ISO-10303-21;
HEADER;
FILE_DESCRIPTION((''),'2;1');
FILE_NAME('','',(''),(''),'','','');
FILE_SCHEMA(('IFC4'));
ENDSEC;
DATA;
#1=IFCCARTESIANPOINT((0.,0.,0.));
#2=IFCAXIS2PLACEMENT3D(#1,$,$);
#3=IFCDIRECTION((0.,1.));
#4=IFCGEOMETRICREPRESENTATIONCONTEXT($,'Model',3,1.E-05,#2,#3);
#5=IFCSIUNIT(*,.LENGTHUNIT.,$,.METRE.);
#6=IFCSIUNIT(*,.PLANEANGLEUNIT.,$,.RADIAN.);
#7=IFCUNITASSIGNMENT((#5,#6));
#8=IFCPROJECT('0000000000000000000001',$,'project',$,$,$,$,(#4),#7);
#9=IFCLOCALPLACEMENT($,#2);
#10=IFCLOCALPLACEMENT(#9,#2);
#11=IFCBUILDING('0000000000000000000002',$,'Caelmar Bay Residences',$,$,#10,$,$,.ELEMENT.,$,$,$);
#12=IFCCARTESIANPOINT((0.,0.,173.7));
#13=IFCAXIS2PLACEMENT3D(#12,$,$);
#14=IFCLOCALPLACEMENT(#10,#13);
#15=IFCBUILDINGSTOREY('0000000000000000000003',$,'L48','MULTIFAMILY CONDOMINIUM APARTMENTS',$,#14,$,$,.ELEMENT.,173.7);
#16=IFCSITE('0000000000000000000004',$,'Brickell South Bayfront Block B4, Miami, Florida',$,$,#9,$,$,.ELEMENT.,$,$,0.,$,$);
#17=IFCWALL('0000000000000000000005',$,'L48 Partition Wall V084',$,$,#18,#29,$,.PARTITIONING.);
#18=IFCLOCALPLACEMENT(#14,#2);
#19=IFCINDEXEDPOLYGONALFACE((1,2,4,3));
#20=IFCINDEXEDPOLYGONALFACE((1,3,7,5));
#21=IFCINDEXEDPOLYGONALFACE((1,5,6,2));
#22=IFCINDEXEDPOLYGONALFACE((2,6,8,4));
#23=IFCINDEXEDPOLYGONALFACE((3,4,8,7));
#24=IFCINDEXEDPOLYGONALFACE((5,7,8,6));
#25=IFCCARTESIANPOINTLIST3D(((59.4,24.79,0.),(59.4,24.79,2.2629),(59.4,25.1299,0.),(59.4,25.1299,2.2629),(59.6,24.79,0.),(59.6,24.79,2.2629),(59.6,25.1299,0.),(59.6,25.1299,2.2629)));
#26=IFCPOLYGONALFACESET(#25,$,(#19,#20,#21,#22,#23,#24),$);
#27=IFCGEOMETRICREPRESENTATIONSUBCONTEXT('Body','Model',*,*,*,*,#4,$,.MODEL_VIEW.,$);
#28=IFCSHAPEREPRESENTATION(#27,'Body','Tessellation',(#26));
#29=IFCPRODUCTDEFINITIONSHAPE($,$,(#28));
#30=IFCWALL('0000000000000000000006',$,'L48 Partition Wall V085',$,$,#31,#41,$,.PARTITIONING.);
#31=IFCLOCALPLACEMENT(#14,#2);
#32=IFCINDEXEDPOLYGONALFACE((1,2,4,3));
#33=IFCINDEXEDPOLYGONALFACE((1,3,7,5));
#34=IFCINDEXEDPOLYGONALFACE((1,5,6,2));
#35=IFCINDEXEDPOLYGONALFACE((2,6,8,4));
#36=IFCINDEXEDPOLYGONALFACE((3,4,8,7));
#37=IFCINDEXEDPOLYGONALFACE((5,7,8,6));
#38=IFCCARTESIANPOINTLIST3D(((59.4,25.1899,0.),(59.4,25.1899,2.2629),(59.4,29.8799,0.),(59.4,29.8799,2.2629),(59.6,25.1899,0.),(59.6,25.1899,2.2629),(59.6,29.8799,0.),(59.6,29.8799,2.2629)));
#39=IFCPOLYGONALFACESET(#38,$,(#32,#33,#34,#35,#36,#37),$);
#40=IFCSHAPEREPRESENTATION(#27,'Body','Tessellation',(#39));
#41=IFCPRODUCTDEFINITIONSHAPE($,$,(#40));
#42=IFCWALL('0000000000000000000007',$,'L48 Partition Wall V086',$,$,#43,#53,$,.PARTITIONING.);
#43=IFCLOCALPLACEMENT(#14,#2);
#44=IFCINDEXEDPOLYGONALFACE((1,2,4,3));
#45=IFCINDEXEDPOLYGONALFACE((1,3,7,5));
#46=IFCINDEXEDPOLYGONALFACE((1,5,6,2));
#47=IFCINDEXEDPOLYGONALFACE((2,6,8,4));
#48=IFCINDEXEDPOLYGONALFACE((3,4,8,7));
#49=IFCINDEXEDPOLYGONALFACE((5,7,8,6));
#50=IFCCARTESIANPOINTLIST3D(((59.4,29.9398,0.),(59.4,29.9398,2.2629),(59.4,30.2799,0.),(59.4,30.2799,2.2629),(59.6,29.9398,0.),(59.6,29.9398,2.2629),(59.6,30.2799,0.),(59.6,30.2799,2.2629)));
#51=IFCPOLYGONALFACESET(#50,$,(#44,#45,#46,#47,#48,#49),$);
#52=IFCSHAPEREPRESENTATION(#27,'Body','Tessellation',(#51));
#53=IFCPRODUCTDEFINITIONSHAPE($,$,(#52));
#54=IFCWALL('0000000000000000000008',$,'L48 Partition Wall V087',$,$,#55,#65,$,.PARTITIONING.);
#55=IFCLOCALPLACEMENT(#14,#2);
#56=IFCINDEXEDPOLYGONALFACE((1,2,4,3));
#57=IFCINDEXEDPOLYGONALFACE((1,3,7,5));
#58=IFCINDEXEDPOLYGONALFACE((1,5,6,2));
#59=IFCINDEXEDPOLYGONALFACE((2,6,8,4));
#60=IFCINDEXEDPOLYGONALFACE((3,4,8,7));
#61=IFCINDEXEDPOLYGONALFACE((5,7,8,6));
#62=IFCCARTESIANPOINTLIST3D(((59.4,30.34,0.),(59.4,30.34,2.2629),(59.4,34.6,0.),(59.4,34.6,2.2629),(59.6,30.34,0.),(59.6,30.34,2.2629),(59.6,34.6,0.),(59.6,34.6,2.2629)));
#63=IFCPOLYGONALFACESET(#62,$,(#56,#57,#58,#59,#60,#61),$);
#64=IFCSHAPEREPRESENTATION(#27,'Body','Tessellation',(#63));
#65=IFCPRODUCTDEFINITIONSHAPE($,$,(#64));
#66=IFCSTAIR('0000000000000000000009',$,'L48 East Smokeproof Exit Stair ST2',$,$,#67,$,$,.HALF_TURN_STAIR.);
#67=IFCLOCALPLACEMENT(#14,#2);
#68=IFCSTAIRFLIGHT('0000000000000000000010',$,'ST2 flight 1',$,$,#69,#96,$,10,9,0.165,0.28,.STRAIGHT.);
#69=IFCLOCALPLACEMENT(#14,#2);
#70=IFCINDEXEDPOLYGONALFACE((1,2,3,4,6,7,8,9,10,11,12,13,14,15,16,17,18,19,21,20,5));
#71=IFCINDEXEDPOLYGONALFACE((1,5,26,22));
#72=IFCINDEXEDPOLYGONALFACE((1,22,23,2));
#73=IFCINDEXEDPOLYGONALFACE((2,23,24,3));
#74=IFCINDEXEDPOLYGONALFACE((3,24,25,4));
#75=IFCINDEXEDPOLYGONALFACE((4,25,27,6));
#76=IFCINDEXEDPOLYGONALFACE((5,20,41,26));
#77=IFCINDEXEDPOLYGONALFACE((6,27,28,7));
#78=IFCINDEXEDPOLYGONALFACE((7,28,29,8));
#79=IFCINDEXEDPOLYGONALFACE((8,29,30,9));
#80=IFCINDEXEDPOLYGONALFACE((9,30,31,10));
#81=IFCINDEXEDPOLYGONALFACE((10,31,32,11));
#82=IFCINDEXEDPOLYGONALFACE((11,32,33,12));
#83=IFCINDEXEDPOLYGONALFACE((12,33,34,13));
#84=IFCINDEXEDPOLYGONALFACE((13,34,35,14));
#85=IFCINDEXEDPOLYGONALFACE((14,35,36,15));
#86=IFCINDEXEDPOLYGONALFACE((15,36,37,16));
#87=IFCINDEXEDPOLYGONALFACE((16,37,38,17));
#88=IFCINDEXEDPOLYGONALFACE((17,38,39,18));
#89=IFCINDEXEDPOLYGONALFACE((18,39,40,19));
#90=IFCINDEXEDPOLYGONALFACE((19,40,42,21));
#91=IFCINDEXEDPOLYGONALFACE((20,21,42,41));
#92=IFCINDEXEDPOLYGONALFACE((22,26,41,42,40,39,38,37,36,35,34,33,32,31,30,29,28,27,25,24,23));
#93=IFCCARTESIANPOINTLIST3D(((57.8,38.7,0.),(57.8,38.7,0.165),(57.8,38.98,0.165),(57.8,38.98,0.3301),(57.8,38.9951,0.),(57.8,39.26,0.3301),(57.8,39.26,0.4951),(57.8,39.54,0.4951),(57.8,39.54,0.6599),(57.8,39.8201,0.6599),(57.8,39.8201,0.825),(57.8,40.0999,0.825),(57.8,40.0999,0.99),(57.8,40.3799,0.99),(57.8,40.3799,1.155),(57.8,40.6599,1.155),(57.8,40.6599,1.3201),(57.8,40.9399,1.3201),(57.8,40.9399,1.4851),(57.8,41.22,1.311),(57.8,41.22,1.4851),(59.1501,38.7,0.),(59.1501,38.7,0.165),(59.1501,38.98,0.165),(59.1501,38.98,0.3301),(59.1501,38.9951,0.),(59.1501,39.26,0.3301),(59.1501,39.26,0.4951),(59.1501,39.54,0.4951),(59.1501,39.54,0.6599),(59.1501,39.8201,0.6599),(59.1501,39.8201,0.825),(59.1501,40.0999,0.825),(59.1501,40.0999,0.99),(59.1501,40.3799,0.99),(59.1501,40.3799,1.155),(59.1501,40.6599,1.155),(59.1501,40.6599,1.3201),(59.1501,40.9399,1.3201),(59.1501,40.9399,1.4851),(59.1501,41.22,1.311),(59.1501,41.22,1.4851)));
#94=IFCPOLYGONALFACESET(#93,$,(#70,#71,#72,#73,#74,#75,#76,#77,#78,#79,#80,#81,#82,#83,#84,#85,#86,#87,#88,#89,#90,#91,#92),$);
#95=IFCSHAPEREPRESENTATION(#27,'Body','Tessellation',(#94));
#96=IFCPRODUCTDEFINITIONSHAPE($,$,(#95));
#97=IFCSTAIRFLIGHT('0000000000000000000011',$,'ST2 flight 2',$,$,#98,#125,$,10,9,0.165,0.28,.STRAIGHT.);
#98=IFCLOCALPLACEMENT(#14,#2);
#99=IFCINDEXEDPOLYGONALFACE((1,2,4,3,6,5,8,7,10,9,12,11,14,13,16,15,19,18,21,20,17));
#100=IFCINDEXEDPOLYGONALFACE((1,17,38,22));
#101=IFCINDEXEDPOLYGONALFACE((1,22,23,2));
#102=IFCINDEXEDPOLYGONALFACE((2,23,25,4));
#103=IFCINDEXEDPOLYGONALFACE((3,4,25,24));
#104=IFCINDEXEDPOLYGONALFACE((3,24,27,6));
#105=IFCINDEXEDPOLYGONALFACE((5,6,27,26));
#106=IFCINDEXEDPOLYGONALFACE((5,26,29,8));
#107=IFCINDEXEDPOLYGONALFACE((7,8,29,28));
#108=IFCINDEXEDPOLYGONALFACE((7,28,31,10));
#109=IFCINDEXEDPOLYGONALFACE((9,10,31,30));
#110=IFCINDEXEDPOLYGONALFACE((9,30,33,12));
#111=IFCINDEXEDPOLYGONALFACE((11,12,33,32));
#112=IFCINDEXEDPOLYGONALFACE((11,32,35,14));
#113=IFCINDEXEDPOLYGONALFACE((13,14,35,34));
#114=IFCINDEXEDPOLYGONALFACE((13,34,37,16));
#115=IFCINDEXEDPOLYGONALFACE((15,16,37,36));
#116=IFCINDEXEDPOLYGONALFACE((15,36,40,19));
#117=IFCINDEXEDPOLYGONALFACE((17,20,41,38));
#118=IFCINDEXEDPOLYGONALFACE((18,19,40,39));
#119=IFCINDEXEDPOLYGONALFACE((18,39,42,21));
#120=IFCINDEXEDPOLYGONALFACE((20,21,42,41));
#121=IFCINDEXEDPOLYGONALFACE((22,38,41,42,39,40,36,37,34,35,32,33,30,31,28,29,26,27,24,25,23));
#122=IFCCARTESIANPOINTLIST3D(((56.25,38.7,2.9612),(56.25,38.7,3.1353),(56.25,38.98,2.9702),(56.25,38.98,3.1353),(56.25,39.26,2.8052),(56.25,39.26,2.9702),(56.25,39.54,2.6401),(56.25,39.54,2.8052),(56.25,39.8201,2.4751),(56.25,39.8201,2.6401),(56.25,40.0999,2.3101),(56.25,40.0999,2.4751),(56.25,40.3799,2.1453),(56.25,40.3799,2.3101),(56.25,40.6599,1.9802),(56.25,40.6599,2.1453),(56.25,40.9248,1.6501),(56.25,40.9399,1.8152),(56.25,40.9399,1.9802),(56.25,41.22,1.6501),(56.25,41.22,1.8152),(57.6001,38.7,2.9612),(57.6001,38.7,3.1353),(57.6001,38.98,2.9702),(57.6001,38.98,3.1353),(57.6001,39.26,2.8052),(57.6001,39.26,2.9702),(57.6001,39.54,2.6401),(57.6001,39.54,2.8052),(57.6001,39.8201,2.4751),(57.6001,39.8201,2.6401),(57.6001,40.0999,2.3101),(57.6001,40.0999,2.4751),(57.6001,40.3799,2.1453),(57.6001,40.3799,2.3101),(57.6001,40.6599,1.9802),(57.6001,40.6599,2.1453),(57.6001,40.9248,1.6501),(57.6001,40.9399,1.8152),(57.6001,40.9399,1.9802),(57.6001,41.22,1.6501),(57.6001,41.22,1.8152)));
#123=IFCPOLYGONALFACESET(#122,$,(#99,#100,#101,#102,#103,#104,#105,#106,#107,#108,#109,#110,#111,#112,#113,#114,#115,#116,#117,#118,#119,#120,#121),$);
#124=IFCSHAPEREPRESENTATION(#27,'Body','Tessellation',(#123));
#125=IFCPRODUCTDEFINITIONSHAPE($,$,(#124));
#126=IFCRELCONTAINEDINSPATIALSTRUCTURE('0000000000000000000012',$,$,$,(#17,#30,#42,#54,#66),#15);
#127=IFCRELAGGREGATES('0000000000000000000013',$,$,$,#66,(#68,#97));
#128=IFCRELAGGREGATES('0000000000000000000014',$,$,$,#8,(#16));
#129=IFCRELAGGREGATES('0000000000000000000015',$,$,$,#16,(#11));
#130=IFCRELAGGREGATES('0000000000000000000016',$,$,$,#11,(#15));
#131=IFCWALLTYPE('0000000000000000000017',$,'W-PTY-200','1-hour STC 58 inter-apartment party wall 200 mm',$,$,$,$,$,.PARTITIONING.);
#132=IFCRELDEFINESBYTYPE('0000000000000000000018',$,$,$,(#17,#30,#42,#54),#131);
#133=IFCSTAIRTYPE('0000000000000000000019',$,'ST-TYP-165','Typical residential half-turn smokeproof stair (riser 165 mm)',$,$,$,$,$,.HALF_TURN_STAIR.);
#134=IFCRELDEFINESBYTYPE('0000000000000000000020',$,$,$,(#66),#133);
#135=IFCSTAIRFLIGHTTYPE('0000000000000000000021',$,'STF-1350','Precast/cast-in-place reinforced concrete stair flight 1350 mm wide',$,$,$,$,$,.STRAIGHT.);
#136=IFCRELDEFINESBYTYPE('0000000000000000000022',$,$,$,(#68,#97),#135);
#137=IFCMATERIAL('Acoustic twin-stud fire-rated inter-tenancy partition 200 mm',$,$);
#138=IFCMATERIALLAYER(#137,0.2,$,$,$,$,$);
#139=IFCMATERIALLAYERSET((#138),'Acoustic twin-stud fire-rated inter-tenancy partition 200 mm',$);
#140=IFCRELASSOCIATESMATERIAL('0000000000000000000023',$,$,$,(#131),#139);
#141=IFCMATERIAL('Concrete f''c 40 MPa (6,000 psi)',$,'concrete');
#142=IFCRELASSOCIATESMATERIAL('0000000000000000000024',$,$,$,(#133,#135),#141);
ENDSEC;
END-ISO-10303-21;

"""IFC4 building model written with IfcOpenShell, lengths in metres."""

from ifc_helpers import new_model, si_unit, direction, frame, frame_2d, origin, place, context, subcontext, project, spatial, polyline, rectangle, outline, extrude, material, layer, layer_set, type_object, element, aggregate, save


model = new_model("IFC4")

# Units and contexts
model_context = context("Model", 3, precision=1e-05, world=origin(), true_north=direction((0.0, 1.0)))
body_context = subcontext(model_context, "Body", "Model", "MODEL_VIEW")
ifc_project = project(units=[si_unit("LENGTHUNIT", "METRE"), si_unit("PLANEANGLEUNIT", "RADIAN")], contexts=[model_context])

# Site, building, storey
site_placement = place(None, origin())
site = spatial("IfcSite", under=ifc_project, at=site_placement, Name="Brickell South Bayfront Block B4, Miami, Florida", CompositionType="ELEMENT", RefElevation=0.0)
building_placement = place(site_placement, origin())
building = spatial("IfcBuilding", under=site, at=building_placement, Name="Caelmar Bay Residences", CompositionType="ELEMENT")
storey_placement = place(building_placement, frame((0.0, 0.0, 173.7)))
storey = spatial("IfcBuildingStorey", under=building, at=storey_placement, Name="L48", Description="MULTIFAMILY CONDOMINIUM APARTMENTS", CompositionType="ELEMENT", Elevation=173.7)

# Walls
ifc_material_1 = material(Name="Acoustic twin-stud fire-rated inter-tenancy partition 200 mm")
ifc_layer_1 = layer(ifc_material_1, 0.2)
ifc_layer_set_1 = layer_set([ifc_layer_1], Name="Acoustic twin-stud fire-rated inter-tenancy partition 200 mm")
wall_type_1 = type_object("IfcWallType", Name="W-PTY-200", Description="1-hour STC 58 inter-apartment party wall 200 mm", PredefinedType="PARTITIONING", material=ifc_layer_set_1)
wall_1_placement = place(storey_placement, frame((59.5, 24.79, 0.0), z_axis=(0.0, 0.0, 1.0), x_axis=(0.0, 1.0, 0.0)))
element("IfcWall", 1, at=wall_1_placement, inside=storey, type_object=wall_type_1, Name="L48 Partition Wall V084", PredefinedType="PARTITIONING", context=body_context, shape_type="SweptSolid", body=[
    extrude(rectangle(XDim=0.3398, YDim=0.2, at=frame_2d((0.1699, 0.0))), origin(), (0.0, 0.0, 1.0), 2.2629),
])
wall_2_placement = place(storey_placement, frame((59.5, 25.1899, 0.0), z_axis=(0.0, 0.0, 1.0), x_axis=(0.0, 1.0, 0.0)))
element("IfcWall", 2, at=wall_2_placement, inside=storey, type_object=wall_type_1, Name="L48 Partition Wall V085", PredefinedType="PARTITIONING", context=body_context, shape_type="SweptSolid", body=[
    extrude(rectangle(XDim=4.6899, YDim=0.2, at=frame_2d((2.345, 0.0))), origin(), (0.0, 0.0, 1.0), 2.2629),
])
wall_3_placement = place(storey_placement, frame((59.5, 29.9399, 0.0), z_axis=(0.0, 0.0, 1.0), x_axis=(0.0, 1.0, 0.0)))
element("IfcWall", 3, at=wall_3_placement, inside=storey, type_object=wall_type_1, Name="L48 Partition Wall V086", PredefinedType="PARTITIONING", context=body_context, shape_type="SweptSolid", body=[
    extrude(rectangle(XDim=0.3401, YDim=0.2, at=frame_2d((0.1699, 0.0))), origin(), (0.0, 0.0, 1.0), 2.2629),
])
wall_4_placement = place(storey_placement, frame((59.5, 30.3401, 0.0), z_axis=(0.0, 0.0, 1.0), x_axis=(0.0, 1.0, 0.0)))
element("IfcWall", 4, at=wall_4_placement, inside=storey, type_object=wall_type_1, Name="L48 Partition Wall V087", PredefinedType="PARTITIONING", context=body_context, shape_type="SweptSolid", body=[
    extrude(rectangle(XDim=4.26, YDim=0.2, at=frame_2d((2.1299, 0.0))), origin(), (0.0, 0.0, 1.0), 2.2629),
])

# Stair, stair flights
ifc_material_2 = material(Name="Concrete f'c 40 MPa (6,000 psi)", Category="concrete")
stair_type = type_object("IfcStairType", Name="ST-TYP-165", Description="Typical residential half-turn smokeproof stair (riser 165 mm)", PredefinedType="HALF_TURN_STAIR", material=ifc_material_2)
stair_placement = place(storey_placement, origin())
stair = element("IfcStair", 5, at=stair_placement, inside=storey, type_object=stair_type, Name="L48 East Smokeproof Exit Stair ST2", PredefinedType="HALF_TURN_STAIR")
stair_flight_type = type_object("IfcStairFlightType", Name="STF-1350", Description="Precast/cast-in-place reinforced concrete stair flight 1350 mm wide", PredefinedType="STRAIGHT", material=ifc_material_2)
stair_flight_1_placement = place(storey_placement, frame((58.4751, 38.7, 0.0), z_axis=(0.0, 0.0, 1.0), x_axis=(0.0, 1.0, 0.0)))
stair_flight_1 = element("IfcStairFlight", 6, at=stair_flight_1_placement, type_object=stair_flight_type, Name="ST2 flight 1", NumberOfRisers=10, NumberOfTreads=9, PredefinedType="STRAIGHT", RiserHeight=0.165, TreadLength=0.28, context=body_context, shape_type="SweptSolid", body=[
    extrude(outline(polyline([(0.0, 0.0), (0.0, 0.165), (0.28, 0.165), (0.28, 0.3301), (0.5601, 0.3301), (0.5601, 0.4951), (0.8401, 0.4951), (0.8401, 0.6599), (1.1201, 0.6599), (1.1201, 0.825), (1.3999, 0.825), (1.3999, 0.99), (1.6799, 0.99), (1.6799, 1.155), (1.96, 1.155), (1.96, 1.3201), (2.24, 1.3201), (2.24, 1.4851), (2.52, 1.4851), (2.52, 1.6499), (2.52, 1.311), (0.2952, 0.0), (0.0, 0.0)])), frame((0.0, 0.675, 0.0), z_axis=(0.0, -1.0, 0.0), x_axis=(1.0, 0.0, 0.0)), (0.0, 0.0, 1.0), 1.3501),
])
stair_flight_2_placement = place(storey_placement, frame((56.925, 41.22, 1.6501), z_axis=(0.0, 0.0, 1.0), x_axis=(0.0, -1.0, 0.0)))
stair_flight_2 = element("IfcStairFlight", 7, at=stair_flight_2_placement, type_object=stair_flight_type, Name="ST2 flight 2", NumberOfRisers=10, NumberOfTreads=9, PredefinedType="STRAIGHT", RiserHeight=0.165, TreadLength=0.28, context=body_context, shape_type="SweptSolid", body=[
    extrude(outline(polyline([(0.0, 0.0), (0.0, 0.165), (0.28, 0.165), (0.28, 0.3301), (0.5601, 0.3301), (0.5601, 0.4951), (0.8401, 0.4951), (0.8401, 0.6599), (1.1201, 0.6599), (1.1201, 0.825), (1.3999, 0.825), (1.3999, 0.99), (1.6799, 0.99), (1.6799, 1.155), (1.96, 1.155), (1.96, 1.3201), (2.24, 1.3201), (2.24, 1.4851), (2.52, 1.4851), (2.52, 1.6499), (2.52, 1.311), (0.2952, 0.0), (0.0, 0.0)])), frame((0.0, 0.675, 0.0), z_axis=(0.0, -1.0, 0.0), x_axis=(1.0, 0.0, 0.0)), (0.0, 0.0, 1.0), 1.3501),
])
aggregate(stair, [stair_flight_1, stair_flight_2])

save(model, "model.ifc")
